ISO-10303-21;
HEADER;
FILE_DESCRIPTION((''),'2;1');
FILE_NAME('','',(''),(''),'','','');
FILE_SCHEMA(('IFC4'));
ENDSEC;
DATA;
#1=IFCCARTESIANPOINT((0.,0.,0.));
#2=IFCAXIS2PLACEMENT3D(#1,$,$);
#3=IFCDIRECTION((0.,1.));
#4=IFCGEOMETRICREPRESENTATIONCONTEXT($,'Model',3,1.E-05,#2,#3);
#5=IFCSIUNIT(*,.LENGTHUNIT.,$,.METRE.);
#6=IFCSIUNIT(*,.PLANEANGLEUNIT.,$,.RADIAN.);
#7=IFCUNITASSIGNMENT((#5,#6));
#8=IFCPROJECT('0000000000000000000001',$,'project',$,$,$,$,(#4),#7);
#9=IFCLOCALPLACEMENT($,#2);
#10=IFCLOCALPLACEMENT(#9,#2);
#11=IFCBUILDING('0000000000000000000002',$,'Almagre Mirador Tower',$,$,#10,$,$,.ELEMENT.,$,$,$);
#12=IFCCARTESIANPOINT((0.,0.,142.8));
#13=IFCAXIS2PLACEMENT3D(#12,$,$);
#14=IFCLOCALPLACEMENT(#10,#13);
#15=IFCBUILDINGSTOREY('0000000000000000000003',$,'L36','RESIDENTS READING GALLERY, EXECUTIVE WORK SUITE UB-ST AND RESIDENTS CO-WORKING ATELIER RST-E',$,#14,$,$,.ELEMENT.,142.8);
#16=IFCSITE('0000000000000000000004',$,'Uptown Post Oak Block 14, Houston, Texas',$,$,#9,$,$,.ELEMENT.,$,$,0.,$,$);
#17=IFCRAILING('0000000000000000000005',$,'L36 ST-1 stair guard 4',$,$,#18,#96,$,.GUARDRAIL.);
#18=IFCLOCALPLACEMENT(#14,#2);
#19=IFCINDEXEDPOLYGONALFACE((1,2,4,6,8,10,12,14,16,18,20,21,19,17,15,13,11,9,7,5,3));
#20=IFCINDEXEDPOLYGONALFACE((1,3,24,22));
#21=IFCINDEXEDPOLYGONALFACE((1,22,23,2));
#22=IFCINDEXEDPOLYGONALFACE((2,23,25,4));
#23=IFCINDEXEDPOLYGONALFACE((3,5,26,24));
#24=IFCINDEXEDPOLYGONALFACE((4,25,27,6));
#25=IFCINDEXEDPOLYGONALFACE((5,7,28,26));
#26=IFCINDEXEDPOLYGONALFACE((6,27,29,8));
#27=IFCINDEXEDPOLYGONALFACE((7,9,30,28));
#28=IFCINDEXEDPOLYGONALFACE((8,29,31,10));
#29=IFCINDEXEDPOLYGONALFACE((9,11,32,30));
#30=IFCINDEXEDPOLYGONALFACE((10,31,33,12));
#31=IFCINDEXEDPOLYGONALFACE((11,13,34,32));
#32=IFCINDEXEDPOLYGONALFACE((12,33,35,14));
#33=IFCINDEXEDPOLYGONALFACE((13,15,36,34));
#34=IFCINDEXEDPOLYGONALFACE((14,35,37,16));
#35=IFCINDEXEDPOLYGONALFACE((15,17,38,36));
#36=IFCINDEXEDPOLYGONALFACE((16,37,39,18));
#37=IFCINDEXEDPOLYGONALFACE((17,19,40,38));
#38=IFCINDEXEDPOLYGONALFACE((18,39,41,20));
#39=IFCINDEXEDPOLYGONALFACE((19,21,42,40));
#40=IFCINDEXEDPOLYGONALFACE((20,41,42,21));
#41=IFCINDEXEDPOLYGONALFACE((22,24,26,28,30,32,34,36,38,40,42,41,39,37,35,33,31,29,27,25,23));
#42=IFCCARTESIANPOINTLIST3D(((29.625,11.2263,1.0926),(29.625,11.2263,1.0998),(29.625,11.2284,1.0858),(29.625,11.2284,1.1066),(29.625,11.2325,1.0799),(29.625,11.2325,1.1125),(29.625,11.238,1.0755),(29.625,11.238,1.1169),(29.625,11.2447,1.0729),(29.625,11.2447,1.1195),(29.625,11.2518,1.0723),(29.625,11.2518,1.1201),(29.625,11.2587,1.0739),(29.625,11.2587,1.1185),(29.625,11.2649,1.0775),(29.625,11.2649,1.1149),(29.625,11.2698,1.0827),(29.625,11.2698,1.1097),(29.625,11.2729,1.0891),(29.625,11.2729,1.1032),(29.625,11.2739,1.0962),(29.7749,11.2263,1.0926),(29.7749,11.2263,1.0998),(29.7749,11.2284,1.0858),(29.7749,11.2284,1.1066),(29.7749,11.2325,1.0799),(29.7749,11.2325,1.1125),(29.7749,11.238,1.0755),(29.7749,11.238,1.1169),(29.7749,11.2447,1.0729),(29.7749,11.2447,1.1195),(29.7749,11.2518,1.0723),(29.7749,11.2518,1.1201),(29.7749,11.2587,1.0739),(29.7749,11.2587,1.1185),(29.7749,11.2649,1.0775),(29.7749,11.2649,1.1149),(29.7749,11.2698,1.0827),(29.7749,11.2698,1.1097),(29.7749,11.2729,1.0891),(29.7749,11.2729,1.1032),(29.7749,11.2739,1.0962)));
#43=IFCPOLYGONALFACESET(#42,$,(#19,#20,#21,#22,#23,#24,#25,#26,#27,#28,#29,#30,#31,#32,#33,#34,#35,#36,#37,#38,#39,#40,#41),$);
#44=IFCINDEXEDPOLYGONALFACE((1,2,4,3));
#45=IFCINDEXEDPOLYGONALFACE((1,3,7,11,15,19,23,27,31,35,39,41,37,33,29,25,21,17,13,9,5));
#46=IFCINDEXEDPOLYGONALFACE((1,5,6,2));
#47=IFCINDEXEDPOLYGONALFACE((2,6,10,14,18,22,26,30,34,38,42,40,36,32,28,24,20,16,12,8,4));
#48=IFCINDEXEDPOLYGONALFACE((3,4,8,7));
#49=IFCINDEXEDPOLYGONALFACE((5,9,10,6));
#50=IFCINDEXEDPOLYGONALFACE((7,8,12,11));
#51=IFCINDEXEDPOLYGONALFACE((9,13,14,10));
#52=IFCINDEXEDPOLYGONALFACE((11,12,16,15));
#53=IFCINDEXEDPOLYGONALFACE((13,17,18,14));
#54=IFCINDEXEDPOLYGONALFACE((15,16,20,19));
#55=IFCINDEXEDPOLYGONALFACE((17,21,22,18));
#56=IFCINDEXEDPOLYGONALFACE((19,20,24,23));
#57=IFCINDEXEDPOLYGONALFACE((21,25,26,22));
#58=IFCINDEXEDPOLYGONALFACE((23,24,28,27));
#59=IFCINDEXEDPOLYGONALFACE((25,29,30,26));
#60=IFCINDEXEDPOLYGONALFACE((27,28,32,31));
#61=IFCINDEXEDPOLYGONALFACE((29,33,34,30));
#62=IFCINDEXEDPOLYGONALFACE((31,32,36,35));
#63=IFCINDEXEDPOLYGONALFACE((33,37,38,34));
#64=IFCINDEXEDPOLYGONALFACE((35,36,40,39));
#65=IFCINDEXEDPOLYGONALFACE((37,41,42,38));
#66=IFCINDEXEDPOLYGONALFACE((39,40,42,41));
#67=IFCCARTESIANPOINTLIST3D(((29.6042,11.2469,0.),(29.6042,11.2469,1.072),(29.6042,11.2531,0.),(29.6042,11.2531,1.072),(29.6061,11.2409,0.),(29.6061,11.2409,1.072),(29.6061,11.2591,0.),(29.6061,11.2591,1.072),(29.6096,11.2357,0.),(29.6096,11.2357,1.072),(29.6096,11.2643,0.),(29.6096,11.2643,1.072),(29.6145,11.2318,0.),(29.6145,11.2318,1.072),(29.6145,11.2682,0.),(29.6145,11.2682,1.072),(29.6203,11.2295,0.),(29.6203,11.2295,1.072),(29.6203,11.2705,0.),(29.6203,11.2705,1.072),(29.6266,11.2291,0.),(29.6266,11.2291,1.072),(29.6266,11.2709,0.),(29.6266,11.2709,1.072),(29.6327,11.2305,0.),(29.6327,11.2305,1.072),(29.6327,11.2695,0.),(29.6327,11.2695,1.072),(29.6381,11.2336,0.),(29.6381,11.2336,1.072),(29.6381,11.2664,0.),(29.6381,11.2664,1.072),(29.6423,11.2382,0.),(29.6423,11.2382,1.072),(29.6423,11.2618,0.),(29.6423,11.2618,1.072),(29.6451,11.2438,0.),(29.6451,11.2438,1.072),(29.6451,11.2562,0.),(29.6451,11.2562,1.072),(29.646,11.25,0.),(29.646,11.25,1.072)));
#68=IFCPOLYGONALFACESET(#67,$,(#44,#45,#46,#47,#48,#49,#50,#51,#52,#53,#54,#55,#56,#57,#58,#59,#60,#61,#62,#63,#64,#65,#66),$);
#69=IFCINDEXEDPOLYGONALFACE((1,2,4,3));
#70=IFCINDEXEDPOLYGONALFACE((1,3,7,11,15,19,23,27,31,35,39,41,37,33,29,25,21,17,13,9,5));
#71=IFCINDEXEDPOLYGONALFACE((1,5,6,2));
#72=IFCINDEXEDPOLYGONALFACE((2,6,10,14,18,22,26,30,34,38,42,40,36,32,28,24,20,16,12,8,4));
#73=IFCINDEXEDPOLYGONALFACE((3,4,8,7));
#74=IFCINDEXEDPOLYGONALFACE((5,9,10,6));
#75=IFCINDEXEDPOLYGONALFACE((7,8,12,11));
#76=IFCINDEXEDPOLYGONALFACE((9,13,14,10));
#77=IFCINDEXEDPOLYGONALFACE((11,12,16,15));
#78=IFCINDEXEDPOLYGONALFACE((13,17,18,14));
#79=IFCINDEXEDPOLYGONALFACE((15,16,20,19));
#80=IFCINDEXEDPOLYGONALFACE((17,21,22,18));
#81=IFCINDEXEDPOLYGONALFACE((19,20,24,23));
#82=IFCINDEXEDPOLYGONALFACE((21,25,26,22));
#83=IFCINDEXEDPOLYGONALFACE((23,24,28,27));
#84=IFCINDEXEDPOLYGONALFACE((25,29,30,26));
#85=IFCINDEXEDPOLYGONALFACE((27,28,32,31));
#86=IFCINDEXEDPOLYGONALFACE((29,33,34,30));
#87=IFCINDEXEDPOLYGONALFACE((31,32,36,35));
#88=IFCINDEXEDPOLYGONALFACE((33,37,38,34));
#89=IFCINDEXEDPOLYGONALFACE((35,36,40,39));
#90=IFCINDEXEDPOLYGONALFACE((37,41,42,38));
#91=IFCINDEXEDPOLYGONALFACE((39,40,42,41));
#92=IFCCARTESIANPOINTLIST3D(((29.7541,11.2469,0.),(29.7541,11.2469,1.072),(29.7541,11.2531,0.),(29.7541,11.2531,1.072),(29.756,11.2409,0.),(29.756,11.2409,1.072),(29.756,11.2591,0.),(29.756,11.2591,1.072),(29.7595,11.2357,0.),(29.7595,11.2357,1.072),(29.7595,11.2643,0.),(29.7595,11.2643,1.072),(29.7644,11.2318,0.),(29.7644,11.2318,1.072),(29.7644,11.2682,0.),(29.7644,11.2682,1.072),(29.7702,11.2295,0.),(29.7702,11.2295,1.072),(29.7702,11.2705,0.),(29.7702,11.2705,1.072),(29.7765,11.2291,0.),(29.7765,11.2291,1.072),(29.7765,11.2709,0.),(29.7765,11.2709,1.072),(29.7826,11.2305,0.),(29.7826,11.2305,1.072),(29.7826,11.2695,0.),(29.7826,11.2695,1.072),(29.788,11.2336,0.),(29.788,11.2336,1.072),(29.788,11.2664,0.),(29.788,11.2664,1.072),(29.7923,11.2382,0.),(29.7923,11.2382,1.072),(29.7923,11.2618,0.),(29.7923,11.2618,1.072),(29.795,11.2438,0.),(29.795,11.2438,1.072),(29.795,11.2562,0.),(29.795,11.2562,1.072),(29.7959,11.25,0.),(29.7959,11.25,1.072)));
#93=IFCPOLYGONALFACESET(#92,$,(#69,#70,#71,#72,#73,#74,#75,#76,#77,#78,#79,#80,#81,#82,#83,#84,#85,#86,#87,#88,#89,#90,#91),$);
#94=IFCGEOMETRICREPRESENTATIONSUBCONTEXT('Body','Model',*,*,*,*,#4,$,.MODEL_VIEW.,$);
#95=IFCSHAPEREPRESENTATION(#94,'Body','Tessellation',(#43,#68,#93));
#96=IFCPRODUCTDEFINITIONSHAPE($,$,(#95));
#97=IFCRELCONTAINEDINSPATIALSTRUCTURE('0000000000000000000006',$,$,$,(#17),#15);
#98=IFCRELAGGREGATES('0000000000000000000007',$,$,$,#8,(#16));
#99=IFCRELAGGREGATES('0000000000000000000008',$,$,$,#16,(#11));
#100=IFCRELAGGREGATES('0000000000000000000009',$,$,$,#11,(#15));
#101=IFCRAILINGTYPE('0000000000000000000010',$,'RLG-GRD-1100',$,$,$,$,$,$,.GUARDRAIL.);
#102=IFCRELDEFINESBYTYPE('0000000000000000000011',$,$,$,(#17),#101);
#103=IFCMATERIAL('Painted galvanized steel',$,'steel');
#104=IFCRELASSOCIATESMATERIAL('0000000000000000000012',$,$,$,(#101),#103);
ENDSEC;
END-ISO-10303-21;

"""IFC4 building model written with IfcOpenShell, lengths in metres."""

from ifc_helpers import new_model, si_unit, direction, frame, origin, origin_2d, place, context, subcontext, project, spatial, circle, extrude, material, type_object, element, save


model = new_model("IFC4")

# Units and contexts
model_context = context("Model", 3, precision=1e-05, world=origin(), true_north=direction((0.0, 1.0)))
body_context = subcontext(model_context, "Body", "Model", "MODEL_VIEW")
ifc_project = project(units=[si_unit("LENGTHUNIT", "METRE"), si_unit("PLANEANGLEUNIT", "RADIAN")], contexts=[model_context])

# Site, building, storey
site_placement = place(None, origin())
site = spatial("IfcSite", under=ifc_project, at=site_placement, Name="Uptown Post Oak Block 14, Houston, Texas", CompositionType="ELEMENT", RefElevation=0.0)
building_placement = place(site_placement, origin())
building = spatial("IfcBuilding", under=site, at=building_placement, Name="Almagre Mirador Tower", CompositionType="ELEMENT")
storey_placement = place(building_placement, frame((0.0, 0.0, 142.8)))
storey = spatial("IfcBuildingStorey", under=building, at=storey_placement, Name="L36", Description="RESIDENTS READING GALLERY, EXECUTIVE WORK SUITE UB-ST AND RESIDENTS CO-WORKING ATELIER RST-E", CompositionType="ELEMENT", Elevation=142.8)

# Railing
ifc_material_1 = material(Name="Painted galvanized steel", Category="steel")
railing_type_1 = type_object("IfcRailingType", Name="RLG-GRD-1100", PredefinedType="GUARDRAIL", material=ifc_material_1)
railing_1_placement = place(storey_placement, frame((29.625, 11.25, 0.0)))
element("IfcRailing", 1, at=railing_1_placement, inside=storey, type_object=railing_type_1, Name="L36 ST-1 stair guard 4", PredefinedType="GUARDRAIL", context=body_context, shape_type="SweptSolid", body=[
    extrude(circle(Radius=0.0239, at=origin_2d()), frame((0.0, 0.0, 1.0962), z_axis=(1.0, 0.0, 0.0), x_axis=(0.0, 1.0, 0.0)), (0.0, 0.0, 1.0), 0.1499),
    extrude(circle(Radius=0.021, at=origin_2d()), origin(), (0.0, 0.0, 1.0), 1.072),
    extrude(circle(Radius=0.021, at=origin_2d()), frame((0.1499, 0.0, 0.0)), (0.0, 0.0, 1.0), 1.072),
])

save(model, "model.ifc")
